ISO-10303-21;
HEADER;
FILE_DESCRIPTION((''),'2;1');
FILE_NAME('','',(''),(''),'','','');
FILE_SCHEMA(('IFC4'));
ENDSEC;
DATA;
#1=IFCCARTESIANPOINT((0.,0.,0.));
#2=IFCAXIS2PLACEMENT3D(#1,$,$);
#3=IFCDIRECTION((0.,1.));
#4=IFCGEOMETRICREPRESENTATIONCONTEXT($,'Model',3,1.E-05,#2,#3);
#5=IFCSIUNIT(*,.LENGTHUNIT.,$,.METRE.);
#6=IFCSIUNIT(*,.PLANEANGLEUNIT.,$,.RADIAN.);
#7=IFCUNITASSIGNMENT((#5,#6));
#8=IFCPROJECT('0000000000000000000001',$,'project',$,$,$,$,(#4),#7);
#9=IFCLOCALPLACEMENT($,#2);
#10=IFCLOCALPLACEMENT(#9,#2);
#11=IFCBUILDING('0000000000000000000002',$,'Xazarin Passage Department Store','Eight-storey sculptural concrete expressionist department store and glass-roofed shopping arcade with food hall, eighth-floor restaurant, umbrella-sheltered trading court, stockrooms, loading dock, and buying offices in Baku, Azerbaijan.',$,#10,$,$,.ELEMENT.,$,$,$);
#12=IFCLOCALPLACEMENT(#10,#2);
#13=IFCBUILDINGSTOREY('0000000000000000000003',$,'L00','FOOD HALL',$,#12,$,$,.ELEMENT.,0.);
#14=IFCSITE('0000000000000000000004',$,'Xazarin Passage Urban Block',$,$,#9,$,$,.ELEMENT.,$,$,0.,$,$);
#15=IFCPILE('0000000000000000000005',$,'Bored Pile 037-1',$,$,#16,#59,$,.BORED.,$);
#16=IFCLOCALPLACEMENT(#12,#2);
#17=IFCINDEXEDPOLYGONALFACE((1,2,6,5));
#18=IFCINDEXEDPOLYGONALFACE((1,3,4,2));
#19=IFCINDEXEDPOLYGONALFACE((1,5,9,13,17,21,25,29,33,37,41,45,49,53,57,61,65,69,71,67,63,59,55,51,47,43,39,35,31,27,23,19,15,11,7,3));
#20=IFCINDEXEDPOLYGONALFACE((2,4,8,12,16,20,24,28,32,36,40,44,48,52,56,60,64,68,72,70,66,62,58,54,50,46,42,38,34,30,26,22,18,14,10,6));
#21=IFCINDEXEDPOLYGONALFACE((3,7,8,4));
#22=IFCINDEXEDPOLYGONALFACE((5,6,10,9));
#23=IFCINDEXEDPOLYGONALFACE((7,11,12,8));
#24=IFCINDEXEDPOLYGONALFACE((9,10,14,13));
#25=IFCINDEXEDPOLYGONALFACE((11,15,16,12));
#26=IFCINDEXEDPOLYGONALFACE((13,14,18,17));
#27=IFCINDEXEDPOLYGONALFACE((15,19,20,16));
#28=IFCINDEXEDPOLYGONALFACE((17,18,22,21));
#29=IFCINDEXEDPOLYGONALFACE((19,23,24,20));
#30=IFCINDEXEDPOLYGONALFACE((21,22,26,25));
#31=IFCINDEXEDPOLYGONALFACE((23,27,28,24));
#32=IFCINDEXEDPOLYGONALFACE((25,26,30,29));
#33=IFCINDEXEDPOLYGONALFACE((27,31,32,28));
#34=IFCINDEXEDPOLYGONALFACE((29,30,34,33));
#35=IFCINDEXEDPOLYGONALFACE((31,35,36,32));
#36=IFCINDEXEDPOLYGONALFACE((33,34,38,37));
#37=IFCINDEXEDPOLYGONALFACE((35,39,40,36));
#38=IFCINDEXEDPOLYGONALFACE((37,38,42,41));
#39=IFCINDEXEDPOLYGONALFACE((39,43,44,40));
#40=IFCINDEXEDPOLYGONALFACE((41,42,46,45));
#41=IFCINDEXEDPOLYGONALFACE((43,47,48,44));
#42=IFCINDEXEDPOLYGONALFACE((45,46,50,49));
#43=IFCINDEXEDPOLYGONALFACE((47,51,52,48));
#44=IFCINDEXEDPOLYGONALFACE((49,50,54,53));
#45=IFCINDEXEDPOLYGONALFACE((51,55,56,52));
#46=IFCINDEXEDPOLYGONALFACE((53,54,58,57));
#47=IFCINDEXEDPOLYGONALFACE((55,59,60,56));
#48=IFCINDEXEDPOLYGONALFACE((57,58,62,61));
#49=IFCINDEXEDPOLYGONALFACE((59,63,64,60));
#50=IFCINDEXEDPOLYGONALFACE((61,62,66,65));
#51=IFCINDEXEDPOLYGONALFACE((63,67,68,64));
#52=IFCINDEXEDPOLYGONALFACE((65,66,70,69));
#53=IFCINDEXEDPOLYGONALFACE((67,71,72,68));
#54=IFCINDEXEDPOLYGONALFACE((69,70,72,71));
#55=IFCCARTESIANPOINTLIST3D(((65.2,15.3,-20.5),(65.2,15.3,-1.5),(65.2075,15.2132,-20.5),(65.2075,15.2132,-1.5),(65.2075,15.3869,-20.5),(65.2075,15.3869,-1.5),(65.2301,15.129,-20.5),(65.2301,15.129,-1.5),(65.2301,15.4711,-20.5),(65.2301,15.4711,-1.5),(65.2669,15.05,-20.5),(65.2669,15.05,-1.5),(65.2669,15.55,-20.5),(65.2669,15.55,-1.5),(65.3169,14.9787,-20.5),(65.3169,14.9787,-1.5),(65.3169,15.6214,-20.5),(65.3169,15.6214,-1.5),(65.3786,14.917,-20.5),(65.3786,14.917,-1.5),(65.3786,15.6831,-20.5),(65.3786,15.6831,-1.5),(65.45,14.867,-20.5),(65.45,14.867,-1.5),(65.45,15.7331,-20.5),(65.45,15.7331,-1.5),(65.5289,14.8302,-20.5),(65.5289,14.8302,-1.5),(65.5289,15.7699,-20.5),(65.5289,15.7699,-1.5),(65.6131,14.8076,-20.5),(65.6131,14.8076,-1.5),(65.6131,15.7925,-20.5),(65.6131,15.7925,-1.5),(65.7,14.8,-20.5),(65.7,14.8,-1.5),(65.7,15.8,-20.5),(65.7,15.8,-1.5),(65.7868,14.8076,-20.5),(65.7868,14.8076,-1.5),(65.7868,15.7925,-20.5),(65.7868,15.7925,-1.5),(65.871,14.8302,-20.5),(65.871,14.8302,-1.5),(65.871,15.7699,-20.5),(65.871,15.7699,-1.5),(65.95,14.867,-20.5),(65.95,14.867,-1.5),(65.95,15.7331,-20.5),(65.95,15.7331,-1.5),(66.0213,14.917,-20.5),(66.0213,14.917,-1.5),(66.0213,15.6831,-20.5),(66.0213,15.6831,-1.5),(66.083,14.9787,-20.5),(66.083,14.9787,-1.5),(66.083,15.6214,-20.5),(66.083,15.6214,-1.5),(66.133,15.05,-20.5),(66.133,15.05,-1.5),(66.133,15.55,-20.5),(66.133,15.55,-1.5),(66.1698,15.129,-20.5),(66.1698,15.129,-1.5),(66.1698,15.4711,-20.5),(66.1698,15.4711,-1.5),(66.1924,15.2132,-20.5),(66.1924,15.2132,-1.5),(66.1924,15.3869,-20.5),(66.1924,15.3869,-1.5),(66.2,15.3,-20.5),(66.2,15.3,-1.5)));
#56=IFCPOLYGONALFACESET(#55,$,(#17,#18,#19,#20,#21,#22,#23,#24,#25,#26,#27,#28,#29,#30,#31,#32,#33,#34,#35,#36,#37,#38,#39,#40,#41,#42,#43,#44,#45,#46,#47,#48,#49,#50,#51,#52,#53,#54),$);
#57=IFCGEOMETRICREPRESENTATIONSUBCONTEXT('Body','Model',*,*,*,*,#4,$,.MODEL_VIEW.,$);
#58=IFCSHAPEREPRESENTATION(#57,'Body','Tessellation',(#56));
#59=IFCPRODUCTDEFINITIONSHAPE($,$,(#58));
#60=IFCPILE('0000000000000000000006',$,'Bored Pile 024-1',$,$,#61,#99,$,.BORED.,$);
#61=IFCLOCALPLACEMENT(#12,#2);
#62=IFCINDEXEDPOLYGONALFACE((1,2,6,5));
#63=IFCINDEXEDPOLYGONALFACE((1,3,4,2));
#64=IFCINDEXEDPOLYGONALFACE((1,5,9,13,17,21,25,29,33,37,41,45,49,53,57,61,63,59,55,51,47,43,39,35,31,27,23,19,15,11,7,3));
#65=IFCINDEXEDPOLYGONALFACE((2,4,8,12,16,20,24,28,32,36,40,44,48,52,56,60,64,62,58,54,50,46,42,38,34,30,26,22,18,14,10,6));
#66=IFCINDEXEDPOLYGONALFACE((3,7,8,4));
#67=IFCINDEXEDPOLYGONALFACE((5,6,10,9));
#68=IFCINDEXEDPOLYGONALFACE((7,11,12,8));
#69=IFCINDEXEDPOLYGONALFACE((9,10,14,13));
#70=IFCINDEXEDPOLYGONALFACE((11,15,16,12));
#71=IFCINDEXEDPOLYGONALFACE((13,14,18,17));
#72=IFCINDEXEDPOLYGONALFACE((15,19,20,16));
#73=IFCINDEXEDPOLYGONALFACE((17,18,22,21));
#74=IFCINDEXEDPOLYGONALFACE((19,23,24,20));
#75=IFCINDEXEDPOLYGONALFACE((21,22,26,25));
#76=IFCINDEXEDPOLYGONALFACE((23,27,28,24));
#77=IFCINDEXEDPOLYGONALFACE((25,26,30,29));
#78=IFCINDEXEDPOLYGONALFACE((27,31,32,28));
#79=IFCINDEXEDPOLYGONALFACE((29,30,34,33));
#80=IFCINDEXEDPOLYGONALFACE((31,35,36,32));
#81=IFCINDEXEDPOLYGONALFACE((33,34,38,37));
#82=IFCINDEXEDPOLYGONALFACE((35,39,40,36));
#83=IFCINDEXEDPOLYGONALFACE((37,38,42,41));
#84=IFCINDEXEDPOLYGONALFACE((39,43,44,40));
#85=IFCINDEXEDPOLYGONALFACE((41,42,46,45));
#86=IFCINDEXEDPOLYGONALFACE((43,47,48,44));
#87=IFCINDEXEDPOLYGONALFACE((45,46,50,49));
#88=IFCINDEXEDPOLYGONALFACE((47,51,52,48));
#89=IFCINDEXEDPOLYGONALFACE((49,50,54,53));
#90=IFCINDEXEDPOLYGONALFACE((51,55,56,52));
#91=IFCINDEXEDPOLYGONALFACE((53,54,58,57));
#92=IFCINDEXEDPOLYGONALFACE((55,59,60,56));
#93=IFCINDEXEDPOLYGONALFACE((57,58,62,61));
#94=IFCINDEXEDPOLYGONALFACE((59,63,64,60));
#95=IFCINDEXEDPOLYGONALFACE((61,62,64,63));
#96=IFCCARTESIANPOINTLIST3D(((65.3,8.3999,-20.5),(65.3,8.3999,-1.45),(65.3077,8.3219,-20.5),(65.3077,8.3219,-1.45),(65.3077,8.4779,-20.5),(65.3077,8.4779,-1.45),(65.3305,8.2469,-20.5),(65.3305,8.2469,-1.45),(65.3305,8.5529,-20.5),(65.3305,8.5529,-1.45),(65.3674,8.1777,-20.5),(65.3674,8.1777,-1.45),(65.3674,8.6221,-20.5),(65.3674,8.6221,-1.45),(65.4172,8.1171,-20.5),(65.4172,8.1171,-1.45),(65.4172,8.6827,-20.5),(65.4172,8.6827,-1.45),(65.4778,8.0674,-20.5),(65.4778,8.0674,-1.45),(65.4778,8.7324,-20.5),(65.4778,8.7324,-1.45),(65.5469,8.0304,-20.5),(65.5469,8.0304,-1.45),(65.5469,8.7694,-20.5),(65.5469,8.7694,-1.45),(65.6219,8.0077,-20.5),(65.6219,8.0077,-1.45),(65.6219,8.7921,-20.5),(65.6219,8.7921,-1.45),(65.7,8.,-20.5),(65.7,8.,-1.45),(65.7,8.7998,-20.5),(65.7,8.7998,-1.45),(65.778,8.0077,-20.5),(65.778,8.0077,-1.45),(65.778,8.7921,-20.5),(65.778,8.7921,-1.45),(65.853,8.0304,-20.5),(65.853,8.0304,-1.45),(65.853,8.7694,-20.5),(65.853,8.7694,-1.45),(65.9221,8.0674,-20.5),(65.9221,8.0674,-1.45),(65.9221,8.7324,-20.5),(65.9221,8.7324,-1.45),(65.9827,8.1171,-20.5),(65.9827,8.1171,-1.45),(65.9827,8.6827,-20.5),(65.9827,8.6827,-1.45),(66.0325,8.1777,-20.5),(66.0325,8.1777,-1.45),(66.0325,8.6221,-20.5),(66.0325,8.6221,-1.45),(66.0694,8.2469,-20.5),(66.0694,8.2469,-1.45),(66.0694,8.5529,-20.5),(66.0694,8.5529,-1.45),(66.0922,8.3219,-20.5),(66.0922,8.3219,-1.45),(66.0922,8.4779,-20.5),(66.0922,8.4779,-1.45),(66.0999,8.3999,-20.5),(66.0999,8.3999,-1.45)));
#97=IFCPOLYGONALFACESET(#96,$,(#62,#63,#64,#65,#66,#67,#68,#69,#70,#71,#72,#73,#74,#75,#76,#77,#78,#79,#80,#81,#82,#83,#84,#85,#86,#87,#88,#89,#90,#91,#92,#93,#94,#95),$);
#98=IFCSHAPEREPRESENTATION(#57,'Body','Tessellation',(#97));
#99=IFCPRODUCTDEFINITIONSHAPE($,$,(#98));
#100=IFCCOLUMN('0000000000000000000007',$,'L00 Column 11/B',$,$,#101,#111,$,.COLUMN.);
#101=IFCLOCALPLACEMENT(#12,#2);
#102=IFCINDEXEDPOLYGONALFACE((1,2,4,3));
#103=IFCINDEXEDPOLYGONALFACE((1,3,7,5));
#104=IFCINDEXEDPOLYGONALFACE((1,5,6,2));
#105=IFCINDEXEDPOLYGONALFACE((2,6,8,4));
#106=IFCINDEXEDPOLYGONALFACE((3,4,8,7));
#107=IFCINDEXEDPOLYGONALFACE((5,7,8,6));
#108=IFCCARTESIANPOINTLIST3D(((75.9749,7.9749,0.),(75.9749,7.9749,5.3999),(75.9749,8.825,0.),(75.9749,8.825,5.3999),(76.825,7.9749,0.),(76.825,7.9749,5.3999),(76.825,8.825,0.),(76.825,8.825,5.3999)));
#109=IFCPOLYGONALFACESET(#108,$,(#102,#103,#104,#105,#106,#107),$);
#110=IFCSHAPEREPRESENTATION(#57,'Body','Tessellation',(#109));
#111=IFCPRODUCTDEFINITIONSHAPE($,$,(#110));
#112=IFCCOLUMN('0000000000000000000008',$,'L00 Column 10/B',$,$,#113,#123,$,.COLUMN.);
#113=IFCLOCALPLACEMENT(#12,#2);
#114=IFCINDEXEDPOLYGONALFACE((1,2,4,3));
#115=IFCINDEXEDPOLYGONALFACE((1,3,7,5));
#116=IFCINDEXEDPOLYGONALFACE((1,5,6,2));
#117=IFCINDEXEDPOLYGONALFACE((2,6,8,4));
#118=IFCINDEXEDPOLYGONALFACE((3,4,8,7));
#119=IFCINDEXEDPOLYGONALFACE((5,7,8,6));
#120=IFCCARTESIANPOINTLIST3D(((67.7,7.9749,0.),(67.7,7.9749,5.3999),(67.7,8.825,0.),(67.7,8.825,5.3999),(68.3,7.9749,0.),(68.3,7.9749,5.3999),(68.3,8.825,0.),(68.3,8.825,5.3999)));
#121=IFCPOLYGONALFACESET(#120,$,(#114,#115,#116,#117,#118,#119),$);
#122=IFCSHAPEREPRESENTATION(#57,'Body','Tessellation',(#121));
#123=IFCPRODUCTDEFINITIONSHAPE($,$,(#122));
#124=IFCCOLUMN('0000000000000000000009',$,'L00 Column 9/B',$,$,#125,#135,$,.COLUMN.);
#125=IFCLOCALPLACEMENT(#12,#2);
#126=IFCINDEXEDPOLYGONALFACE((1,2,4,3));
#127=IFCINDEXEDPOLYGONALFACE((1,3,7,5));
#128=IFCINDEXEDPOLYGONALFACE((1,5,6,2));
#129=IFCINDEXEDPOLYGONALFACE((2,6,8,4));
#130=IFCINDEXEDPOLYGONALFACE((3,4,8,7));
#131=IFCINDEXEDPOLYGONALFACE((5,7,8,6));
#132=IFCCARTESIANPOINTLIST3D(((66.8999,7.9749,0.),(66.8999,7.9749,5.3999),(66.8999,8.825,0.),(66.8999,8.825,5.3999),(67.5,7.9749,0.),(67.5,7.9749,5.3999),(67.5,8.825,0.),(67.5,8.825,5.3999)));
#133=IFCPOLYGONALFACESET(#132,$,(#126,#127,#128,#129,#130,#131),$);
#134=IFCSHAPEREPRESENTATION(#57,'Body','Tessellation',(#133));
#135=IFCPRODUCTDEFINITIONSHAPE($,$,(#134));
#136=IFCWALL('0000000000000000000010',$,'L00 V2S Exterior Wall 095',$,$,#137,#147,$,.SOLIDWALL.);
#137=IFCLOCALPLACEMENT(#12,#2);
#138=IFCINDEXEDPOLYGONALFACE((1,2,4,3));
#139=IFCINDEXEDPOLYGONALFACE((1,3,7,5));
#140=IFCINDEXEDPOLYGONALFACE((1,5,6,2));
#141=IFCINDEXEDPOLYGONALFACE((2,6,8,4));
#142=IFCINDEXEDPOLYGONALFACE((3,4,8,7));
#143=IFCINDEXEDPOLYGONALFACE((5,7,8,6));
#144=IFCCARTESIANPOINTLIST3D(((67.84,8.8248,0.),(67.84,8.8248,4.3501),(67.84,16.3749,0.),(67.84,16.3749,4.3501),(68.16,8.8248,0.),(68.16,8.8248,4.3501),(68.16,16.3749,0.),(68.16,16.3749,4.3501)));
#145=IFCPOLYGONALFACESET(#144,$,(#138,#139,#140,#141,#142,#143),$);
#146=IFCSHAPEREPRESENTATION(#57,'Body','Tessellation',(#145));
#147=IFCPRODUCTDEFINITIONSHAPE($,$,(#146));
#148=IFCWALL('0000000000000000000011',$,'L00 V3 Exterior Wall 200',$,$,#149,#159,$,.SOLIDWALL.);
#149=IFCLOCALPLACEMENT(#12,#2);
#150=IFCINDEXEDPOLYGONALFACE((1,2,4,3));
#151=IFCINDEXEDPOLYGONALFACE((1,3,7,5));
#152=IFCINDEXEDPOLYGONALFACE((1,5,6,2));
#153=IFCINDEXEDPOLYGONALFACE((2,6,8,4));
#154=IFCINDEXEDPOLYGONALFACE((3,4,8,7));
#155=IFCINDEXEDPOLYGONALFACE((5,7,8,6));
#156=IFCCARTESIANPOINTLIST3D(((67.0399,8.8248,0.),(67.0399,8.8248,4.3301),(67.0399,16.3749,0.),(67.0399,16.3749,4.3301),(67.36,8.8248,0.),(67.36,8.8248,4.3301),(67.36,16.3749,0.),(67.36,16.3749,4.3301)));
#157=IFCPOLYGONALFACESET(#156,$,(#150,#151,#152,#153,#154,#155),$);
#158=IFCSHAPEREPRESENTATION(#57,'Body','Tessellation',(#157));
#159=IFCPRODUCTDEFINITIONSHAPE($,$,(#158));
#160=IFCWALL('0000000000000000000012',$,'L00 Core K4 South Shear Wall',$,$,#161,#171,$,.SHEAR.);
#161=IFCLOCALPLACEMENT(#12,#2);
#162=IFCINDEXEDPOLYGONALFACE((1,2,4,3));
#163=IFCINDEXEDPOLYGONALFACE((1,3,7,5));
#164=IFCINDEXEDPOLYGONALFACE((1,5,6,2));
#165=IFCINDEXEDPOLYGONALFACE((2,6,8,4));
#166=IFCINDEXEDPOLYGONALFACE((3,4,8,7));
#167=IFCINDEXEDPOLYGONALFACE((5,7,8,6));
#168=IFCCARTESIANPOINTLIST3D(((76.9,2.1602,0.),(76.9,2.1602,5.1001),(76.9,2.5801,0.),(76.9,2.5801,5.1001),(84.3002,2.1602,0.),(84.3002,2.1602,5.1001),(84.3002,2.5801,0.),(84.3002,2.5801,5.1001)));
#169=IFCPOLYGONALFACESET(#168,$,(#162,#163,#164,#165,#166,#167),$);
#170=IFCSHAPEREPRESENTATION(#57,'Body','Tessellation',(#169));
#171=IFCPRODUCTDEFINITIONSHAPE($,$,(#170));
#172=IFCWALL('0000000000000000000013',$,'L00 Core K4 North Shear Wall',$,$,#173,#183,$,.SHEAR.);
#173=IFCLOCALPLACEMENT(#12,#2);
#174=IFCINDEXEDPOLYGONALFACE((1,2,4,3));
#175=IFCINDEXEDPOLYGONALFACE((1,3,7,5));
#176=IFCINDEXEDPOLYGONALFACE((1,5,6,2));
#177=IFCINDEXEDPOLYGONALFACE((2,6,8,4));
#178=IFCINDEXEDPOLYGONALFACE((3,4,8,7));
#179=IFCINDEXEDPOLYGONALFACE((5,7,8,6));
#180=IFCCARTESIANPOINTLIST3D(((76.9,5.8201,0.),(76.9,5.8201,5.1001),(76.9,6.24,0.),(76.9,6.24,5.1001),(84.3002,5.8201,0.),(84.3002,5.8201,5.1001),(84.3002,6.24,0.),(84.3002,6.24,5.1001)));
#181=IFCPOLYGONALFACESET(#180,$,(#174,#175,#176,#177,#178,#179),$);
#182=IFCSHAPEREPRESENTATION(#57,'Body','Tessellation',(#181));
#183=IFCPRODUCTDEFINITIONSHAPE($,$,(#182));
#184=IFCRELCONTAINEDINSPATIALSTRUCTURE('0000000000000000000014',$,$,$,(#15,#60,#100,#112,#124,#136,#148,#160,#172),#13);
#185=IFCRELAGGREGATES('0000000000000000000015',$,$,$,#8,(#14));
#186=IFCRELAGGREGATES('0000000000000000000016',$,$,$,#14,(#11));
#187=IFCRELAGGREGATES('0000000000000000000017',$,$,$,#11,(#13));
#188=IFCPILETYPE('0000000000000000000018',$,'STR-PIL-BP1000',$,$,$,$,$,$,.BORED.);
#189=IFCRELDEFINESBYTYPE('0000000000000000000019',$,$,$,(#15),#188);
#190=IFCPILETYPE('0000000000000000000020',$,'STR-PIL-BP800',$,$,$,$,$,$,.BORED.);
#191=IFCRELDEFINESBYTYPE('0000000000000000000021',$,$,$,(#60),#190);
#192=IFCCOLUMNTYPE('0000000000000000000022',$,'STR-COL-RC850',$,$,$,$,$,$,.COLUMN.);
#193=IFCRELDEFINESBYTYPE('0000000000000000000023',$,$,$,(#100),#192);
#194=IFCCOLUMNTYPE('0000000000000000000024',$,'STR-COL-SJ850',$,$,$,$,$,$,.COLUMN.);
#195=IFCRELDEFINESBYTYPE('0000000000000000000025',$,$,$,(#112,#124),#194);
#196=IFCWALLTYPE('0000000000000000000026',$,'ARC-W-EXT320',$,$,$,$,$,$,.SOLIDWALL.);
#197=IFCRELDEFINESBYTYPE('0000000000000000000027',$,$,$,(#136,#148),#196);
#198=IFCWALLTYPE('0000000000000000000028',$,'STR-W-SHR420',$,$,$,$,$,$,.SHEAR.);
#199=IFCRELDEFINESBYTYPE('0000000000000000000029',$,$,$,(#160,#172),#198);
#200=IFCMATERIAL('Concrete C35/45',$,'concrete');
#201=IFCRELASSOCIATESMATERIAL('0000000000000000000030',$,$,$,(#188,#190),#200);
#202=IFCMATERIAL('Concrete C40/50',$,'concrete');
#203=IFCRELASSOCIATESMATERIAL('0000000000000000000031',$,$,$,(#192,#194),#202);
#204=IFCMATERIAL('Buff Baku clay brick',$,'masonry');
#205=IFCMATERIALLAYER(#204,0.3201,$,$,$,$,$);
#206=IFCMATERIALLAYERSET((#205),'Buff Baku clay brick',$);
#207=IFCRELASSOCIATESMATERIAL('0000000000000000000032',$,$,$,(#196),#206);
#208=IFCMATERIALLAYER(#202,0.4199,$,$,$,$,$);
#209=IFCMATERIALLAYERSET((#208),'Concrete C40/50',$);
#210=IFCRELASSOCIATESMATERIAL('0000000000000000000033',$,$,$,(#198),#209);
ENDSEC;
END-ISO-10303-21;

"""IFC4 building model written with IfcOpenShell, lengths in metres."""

from ifc_helpers import new_model, si_unit, direction, frame, frame_2d, origin, origin_2d, place, context, subcontext, project, spatial, rectangle, circle, extrude, material, layer, layer_set, material_profile, profile_set, type_object, element, save


model = new_model("IFC4")

# Units and contexts
model_context = context("Model", 3, precision=1e-05, world=origin(), true_north=direction((0.0, 1.0)))
body_context = subcontext(model_context, "Body", "Model", "MODEL_VIEW")
ifc_project = project(units=[si_unit("LENGTHUNIT", "METRE"), si_unit("PLANEANGLEUNIT", "RADIAN")], contexts=[model_context])

# Site, building, storey
site_placement = place(None, origin())
site = spatial("IfcSite", under=ifc_project, at=site_placement, Name="Xazarin Passage Urban Block", CompositionType="ELEMENT", RefElevation=0.0)
building_placement = place(site_placement, origin())
building = spatial("IfcBuilding", under=site, at=building_placement, Name="Xazarin Passage Department Store", Description="Eight-storey sculptural concrete expressionist department store and glass-roofed shopping arcade with food hall, eighth-floor restaurant, umbrella-sheltered trading court, stockrooms, loading dock, and buying offices in Baku, Azerbaijan.", CompositionType="ELEMENT")
storey_placement = place(building_placement, origin())
storey = spatial("IfcBuildingStorey", under=building, at=storey_placement, Name="L00", Description="FOOD HALL", CompositionType="ELEMENT", Elevation=0.0)

# Shared definitions
ifc_material_1 = material(Name="Concrete C35/45", Category="concrete")

# Piles
ifc_material_profile_1 = material_profile(ifc_material_1, circle(Radius=0.5, at=origin_2d()), Name="BP 1000")
ifc_profile_set_1 = profile_set([ifc_material_profile_1], Name="Concrete C35/45")
pile_type_1 = type_object("IfcPileType", Name="STR-PIL-BP1000", PredefinedType="BORED", material=ifc_profile_set_1)
pile_1_placement = place(storey_placement, frame((65.7, 15.3, -1.5), z_axis=(0.0, 0.0, -1.0), x_axis=(1.0, 0.0, 0.0)))
element("IfcPile", 1, at=pile_1_placement, inside=storey, type_object=pile_type_1, Name="Bored Pile 037-1", PredefinedType="BORED", context=body_context, shape_type="SweptSolid", body=[
    extrude(circle(Radius=0.5, at=origin_2d()), origin(), (0.0, 0.0, 1.0), 19.0),
])
ifc_material_profile_2 = material_profile(ifc_material_1, circle(Radius=0.3999, at=origin_2d()), Name="BP 800")
ifc_profile_set_2 = profile_set([ifc_material_profile_2], Name="Concrete C35/45")
pile_type_2 = type_object("IfcPileType", Name="STR-PIL-BP800", PredefinedType="BORED", material=ifc_profile_set_2)
pile_2_placement = place(storey_placement, frame((65.7, 8.3999, -1.45), z_axis=(0.0, 0.0, -1.0), x_axis=(1.0, 0.0, 0.0)))
element("IfcPile", 2, at=pile_2_placement, inside=storey, type_object=pile_type_2, Name="Bored Pile 024-1", PredefinedType="BORED", context=body_context, shape_type="SweptSolid", body=[
    extrude(circle(Radius=0.3999, at=origin_2d()), origin(), (0.0, 0.0, 1.0), 19.05),
])

# Columns
ifc_material_2 = material(Name="Concrete C40/50", Category="concrete")
ifc_material_profile_3 = material_profile(ifc_material_2, rectangle(XDim=0.8501, YDim=0.8501, at=origin_2d()), Name="RC 850x850")
ifc_profile_set_3 = profile_set([ifc_material_profile_3], Name="Concrete C40/50")
column_type_1 = type_object("IfcColumnType", Name="STR-COL-RC850", PredefinedType="COLUMN", material=ifc_profile_set_3)
column_placement = place(storey_placement, frame((76.3999, 8.3999, 0.0), z_axis=(0.0, 0.0, 1.0), x_axis=(1.0, 0.0, 0.0)))
element("IfcColumn", 3, at=column_placement, inside=storey, type_object=column_type_1, Name="L00 Column 11/B", PredefinedType="COLUMN", context=body_context, shape_type="SweptSolid", body=[
    extrude(rectangle(XDim=0.8501, YDim=0.8501, at=origin_2d()), origin(), (0.0, 0.0, 1.0), 5.3999),
])
ifc_material_profile_4 = material_profile(ifc_material_2, rectangle(XDim=0.6001, YDim=0.8501, at=origin_2d()), Name="RC 600x850")
ifc_profile_set_4 = profile_set([ifc_material_profile_4], Name="Concrete C40/50")
column_type_2 = type_object("IfcColumnType", Name="STR-COL-SJ850", PredefinedType="COLUMN", material=ifc_profile_set_4)
for number, where, z_axis, x_axis, name in (
    (4, (68.0, 8.3999, 0.0), (0.0, 0.0, 1.0), (1.0, 0.0, 0.0), "L00 Column 10/B"),
    (5, (67.2, 8.3999, 0.0), (0.0, 0.0, 1.0), (1.0, 0.0, 0.0), "L00 Column 9/B"),
):
    element("IfcColumn", number, at=place(storey_placement, frame(where, z_axis=z_axis, x_axis=x_axis)), inside=storey, type_object=column_type_2, Name=name, PredefinedType="COLUMN", context=body_context, shape_type="SweptSolid", body=[
        extrude(rectangle(XDim=0.6001, YDim=0.8501, at=origin_2d()), origin(), (0.0, 0.0, 1.0), 5.3999),
    ])

# Walls
ifc_material_3 = material(Name="Buff Baku clay brick", Category="masonry")
ifc_layer_1 = layer(ifc_material_3, 0.3201)
ifc_layer_set_1 = layer_set([ifc_layer_1], Name="Buff Baku clay brick")
wall_type_1 = type_object("IfcWallType", Name="ARC-W-EXT320", PredefinedType="SOLIDWALL", material=ifc_layer_set_1)
wall_1_placement = place(storey_placement, frame((68.0, 8.825, 0.0), z_axis=(0.0, 0.0, 1.0), x_axis=(0.0, 1.0, 0.0)))
element("IfcWall", 6, at=wall_1_placement, inside=storey, type_object=wall_type_1, Name="L00 V2S Exterior Wall 095", PredefinedType="SOLIDWALL", context=body_context, shape_type="SweptSolid", body=[
    extrude(rectangle(XDim=7.55, YDim=0.3201, at=frame_2d((3.7749, 0.0))), origin(), (0.0, 0.0, 1.0), 4.3501),
])
wall_2_placement = place(storey_placement, frame((67.2, 8.825, 0.0), z_axis=(0.0, 0.0, 1.0), x_axis=(0.0, 1.0, 0.0)))
element("IfcWall", 7, at=wall_2_placement, inside=storey, type_object=wall_type_1, Name="L00 V3 Exterior Wall 200", PredefinedType="SOLIDWALL", context=body_context, shape_type="SweptSolid", body=[
    extrude(rectangle(XDim=7.55, YDim=0.3201, at=frame_2d((3.7749, 0.0))), origin(), (0.0, 0.0, 1.0), 4.3301),
])
ifc_layer_2 = layer(ifc_material_2, 0.4199)
ifc_layer_set_2 = layer_set([ifc_layer_2], Name="Concrete C40/50")
wall_type_2 = type_object("IfcWallType", Name="STR-W-SHR420", PredefinedType="SHEAR", material=ifc_layer_set_2)
for number, where, z_axis, x_axis, name in (
    (8, (76.8999, 2.3701, 0.0), (0.0, 0.0, 1.0), (1.0, 0.0, 0.0), "L00 Core K4 South Shear Wall"),
    (9, (76.8999, 6.03, 0.0), (0.0, 0.0, 1.0), (1.0, 0.0, 0.0), "L00 Core K4 North Shear Wall"),
):
    element("IfcWall", number, at=place(storey_placement, frame(where, z_axis=z_axis, x_axis=x_axis)), inside=storey, type_object=wall_type_2, Name=name, PredefinedType="SHEAR", context=body_context, shape_type="SweptSolid", body=[
        extrude(rectangle(XDim=7.4001, YDim=0.4199, at=frame_2d((3.7002, 0.0))), origin(), (0.0, 0.0, 1.0), 5.1001),
    ])

save(model, "model.ifc")
